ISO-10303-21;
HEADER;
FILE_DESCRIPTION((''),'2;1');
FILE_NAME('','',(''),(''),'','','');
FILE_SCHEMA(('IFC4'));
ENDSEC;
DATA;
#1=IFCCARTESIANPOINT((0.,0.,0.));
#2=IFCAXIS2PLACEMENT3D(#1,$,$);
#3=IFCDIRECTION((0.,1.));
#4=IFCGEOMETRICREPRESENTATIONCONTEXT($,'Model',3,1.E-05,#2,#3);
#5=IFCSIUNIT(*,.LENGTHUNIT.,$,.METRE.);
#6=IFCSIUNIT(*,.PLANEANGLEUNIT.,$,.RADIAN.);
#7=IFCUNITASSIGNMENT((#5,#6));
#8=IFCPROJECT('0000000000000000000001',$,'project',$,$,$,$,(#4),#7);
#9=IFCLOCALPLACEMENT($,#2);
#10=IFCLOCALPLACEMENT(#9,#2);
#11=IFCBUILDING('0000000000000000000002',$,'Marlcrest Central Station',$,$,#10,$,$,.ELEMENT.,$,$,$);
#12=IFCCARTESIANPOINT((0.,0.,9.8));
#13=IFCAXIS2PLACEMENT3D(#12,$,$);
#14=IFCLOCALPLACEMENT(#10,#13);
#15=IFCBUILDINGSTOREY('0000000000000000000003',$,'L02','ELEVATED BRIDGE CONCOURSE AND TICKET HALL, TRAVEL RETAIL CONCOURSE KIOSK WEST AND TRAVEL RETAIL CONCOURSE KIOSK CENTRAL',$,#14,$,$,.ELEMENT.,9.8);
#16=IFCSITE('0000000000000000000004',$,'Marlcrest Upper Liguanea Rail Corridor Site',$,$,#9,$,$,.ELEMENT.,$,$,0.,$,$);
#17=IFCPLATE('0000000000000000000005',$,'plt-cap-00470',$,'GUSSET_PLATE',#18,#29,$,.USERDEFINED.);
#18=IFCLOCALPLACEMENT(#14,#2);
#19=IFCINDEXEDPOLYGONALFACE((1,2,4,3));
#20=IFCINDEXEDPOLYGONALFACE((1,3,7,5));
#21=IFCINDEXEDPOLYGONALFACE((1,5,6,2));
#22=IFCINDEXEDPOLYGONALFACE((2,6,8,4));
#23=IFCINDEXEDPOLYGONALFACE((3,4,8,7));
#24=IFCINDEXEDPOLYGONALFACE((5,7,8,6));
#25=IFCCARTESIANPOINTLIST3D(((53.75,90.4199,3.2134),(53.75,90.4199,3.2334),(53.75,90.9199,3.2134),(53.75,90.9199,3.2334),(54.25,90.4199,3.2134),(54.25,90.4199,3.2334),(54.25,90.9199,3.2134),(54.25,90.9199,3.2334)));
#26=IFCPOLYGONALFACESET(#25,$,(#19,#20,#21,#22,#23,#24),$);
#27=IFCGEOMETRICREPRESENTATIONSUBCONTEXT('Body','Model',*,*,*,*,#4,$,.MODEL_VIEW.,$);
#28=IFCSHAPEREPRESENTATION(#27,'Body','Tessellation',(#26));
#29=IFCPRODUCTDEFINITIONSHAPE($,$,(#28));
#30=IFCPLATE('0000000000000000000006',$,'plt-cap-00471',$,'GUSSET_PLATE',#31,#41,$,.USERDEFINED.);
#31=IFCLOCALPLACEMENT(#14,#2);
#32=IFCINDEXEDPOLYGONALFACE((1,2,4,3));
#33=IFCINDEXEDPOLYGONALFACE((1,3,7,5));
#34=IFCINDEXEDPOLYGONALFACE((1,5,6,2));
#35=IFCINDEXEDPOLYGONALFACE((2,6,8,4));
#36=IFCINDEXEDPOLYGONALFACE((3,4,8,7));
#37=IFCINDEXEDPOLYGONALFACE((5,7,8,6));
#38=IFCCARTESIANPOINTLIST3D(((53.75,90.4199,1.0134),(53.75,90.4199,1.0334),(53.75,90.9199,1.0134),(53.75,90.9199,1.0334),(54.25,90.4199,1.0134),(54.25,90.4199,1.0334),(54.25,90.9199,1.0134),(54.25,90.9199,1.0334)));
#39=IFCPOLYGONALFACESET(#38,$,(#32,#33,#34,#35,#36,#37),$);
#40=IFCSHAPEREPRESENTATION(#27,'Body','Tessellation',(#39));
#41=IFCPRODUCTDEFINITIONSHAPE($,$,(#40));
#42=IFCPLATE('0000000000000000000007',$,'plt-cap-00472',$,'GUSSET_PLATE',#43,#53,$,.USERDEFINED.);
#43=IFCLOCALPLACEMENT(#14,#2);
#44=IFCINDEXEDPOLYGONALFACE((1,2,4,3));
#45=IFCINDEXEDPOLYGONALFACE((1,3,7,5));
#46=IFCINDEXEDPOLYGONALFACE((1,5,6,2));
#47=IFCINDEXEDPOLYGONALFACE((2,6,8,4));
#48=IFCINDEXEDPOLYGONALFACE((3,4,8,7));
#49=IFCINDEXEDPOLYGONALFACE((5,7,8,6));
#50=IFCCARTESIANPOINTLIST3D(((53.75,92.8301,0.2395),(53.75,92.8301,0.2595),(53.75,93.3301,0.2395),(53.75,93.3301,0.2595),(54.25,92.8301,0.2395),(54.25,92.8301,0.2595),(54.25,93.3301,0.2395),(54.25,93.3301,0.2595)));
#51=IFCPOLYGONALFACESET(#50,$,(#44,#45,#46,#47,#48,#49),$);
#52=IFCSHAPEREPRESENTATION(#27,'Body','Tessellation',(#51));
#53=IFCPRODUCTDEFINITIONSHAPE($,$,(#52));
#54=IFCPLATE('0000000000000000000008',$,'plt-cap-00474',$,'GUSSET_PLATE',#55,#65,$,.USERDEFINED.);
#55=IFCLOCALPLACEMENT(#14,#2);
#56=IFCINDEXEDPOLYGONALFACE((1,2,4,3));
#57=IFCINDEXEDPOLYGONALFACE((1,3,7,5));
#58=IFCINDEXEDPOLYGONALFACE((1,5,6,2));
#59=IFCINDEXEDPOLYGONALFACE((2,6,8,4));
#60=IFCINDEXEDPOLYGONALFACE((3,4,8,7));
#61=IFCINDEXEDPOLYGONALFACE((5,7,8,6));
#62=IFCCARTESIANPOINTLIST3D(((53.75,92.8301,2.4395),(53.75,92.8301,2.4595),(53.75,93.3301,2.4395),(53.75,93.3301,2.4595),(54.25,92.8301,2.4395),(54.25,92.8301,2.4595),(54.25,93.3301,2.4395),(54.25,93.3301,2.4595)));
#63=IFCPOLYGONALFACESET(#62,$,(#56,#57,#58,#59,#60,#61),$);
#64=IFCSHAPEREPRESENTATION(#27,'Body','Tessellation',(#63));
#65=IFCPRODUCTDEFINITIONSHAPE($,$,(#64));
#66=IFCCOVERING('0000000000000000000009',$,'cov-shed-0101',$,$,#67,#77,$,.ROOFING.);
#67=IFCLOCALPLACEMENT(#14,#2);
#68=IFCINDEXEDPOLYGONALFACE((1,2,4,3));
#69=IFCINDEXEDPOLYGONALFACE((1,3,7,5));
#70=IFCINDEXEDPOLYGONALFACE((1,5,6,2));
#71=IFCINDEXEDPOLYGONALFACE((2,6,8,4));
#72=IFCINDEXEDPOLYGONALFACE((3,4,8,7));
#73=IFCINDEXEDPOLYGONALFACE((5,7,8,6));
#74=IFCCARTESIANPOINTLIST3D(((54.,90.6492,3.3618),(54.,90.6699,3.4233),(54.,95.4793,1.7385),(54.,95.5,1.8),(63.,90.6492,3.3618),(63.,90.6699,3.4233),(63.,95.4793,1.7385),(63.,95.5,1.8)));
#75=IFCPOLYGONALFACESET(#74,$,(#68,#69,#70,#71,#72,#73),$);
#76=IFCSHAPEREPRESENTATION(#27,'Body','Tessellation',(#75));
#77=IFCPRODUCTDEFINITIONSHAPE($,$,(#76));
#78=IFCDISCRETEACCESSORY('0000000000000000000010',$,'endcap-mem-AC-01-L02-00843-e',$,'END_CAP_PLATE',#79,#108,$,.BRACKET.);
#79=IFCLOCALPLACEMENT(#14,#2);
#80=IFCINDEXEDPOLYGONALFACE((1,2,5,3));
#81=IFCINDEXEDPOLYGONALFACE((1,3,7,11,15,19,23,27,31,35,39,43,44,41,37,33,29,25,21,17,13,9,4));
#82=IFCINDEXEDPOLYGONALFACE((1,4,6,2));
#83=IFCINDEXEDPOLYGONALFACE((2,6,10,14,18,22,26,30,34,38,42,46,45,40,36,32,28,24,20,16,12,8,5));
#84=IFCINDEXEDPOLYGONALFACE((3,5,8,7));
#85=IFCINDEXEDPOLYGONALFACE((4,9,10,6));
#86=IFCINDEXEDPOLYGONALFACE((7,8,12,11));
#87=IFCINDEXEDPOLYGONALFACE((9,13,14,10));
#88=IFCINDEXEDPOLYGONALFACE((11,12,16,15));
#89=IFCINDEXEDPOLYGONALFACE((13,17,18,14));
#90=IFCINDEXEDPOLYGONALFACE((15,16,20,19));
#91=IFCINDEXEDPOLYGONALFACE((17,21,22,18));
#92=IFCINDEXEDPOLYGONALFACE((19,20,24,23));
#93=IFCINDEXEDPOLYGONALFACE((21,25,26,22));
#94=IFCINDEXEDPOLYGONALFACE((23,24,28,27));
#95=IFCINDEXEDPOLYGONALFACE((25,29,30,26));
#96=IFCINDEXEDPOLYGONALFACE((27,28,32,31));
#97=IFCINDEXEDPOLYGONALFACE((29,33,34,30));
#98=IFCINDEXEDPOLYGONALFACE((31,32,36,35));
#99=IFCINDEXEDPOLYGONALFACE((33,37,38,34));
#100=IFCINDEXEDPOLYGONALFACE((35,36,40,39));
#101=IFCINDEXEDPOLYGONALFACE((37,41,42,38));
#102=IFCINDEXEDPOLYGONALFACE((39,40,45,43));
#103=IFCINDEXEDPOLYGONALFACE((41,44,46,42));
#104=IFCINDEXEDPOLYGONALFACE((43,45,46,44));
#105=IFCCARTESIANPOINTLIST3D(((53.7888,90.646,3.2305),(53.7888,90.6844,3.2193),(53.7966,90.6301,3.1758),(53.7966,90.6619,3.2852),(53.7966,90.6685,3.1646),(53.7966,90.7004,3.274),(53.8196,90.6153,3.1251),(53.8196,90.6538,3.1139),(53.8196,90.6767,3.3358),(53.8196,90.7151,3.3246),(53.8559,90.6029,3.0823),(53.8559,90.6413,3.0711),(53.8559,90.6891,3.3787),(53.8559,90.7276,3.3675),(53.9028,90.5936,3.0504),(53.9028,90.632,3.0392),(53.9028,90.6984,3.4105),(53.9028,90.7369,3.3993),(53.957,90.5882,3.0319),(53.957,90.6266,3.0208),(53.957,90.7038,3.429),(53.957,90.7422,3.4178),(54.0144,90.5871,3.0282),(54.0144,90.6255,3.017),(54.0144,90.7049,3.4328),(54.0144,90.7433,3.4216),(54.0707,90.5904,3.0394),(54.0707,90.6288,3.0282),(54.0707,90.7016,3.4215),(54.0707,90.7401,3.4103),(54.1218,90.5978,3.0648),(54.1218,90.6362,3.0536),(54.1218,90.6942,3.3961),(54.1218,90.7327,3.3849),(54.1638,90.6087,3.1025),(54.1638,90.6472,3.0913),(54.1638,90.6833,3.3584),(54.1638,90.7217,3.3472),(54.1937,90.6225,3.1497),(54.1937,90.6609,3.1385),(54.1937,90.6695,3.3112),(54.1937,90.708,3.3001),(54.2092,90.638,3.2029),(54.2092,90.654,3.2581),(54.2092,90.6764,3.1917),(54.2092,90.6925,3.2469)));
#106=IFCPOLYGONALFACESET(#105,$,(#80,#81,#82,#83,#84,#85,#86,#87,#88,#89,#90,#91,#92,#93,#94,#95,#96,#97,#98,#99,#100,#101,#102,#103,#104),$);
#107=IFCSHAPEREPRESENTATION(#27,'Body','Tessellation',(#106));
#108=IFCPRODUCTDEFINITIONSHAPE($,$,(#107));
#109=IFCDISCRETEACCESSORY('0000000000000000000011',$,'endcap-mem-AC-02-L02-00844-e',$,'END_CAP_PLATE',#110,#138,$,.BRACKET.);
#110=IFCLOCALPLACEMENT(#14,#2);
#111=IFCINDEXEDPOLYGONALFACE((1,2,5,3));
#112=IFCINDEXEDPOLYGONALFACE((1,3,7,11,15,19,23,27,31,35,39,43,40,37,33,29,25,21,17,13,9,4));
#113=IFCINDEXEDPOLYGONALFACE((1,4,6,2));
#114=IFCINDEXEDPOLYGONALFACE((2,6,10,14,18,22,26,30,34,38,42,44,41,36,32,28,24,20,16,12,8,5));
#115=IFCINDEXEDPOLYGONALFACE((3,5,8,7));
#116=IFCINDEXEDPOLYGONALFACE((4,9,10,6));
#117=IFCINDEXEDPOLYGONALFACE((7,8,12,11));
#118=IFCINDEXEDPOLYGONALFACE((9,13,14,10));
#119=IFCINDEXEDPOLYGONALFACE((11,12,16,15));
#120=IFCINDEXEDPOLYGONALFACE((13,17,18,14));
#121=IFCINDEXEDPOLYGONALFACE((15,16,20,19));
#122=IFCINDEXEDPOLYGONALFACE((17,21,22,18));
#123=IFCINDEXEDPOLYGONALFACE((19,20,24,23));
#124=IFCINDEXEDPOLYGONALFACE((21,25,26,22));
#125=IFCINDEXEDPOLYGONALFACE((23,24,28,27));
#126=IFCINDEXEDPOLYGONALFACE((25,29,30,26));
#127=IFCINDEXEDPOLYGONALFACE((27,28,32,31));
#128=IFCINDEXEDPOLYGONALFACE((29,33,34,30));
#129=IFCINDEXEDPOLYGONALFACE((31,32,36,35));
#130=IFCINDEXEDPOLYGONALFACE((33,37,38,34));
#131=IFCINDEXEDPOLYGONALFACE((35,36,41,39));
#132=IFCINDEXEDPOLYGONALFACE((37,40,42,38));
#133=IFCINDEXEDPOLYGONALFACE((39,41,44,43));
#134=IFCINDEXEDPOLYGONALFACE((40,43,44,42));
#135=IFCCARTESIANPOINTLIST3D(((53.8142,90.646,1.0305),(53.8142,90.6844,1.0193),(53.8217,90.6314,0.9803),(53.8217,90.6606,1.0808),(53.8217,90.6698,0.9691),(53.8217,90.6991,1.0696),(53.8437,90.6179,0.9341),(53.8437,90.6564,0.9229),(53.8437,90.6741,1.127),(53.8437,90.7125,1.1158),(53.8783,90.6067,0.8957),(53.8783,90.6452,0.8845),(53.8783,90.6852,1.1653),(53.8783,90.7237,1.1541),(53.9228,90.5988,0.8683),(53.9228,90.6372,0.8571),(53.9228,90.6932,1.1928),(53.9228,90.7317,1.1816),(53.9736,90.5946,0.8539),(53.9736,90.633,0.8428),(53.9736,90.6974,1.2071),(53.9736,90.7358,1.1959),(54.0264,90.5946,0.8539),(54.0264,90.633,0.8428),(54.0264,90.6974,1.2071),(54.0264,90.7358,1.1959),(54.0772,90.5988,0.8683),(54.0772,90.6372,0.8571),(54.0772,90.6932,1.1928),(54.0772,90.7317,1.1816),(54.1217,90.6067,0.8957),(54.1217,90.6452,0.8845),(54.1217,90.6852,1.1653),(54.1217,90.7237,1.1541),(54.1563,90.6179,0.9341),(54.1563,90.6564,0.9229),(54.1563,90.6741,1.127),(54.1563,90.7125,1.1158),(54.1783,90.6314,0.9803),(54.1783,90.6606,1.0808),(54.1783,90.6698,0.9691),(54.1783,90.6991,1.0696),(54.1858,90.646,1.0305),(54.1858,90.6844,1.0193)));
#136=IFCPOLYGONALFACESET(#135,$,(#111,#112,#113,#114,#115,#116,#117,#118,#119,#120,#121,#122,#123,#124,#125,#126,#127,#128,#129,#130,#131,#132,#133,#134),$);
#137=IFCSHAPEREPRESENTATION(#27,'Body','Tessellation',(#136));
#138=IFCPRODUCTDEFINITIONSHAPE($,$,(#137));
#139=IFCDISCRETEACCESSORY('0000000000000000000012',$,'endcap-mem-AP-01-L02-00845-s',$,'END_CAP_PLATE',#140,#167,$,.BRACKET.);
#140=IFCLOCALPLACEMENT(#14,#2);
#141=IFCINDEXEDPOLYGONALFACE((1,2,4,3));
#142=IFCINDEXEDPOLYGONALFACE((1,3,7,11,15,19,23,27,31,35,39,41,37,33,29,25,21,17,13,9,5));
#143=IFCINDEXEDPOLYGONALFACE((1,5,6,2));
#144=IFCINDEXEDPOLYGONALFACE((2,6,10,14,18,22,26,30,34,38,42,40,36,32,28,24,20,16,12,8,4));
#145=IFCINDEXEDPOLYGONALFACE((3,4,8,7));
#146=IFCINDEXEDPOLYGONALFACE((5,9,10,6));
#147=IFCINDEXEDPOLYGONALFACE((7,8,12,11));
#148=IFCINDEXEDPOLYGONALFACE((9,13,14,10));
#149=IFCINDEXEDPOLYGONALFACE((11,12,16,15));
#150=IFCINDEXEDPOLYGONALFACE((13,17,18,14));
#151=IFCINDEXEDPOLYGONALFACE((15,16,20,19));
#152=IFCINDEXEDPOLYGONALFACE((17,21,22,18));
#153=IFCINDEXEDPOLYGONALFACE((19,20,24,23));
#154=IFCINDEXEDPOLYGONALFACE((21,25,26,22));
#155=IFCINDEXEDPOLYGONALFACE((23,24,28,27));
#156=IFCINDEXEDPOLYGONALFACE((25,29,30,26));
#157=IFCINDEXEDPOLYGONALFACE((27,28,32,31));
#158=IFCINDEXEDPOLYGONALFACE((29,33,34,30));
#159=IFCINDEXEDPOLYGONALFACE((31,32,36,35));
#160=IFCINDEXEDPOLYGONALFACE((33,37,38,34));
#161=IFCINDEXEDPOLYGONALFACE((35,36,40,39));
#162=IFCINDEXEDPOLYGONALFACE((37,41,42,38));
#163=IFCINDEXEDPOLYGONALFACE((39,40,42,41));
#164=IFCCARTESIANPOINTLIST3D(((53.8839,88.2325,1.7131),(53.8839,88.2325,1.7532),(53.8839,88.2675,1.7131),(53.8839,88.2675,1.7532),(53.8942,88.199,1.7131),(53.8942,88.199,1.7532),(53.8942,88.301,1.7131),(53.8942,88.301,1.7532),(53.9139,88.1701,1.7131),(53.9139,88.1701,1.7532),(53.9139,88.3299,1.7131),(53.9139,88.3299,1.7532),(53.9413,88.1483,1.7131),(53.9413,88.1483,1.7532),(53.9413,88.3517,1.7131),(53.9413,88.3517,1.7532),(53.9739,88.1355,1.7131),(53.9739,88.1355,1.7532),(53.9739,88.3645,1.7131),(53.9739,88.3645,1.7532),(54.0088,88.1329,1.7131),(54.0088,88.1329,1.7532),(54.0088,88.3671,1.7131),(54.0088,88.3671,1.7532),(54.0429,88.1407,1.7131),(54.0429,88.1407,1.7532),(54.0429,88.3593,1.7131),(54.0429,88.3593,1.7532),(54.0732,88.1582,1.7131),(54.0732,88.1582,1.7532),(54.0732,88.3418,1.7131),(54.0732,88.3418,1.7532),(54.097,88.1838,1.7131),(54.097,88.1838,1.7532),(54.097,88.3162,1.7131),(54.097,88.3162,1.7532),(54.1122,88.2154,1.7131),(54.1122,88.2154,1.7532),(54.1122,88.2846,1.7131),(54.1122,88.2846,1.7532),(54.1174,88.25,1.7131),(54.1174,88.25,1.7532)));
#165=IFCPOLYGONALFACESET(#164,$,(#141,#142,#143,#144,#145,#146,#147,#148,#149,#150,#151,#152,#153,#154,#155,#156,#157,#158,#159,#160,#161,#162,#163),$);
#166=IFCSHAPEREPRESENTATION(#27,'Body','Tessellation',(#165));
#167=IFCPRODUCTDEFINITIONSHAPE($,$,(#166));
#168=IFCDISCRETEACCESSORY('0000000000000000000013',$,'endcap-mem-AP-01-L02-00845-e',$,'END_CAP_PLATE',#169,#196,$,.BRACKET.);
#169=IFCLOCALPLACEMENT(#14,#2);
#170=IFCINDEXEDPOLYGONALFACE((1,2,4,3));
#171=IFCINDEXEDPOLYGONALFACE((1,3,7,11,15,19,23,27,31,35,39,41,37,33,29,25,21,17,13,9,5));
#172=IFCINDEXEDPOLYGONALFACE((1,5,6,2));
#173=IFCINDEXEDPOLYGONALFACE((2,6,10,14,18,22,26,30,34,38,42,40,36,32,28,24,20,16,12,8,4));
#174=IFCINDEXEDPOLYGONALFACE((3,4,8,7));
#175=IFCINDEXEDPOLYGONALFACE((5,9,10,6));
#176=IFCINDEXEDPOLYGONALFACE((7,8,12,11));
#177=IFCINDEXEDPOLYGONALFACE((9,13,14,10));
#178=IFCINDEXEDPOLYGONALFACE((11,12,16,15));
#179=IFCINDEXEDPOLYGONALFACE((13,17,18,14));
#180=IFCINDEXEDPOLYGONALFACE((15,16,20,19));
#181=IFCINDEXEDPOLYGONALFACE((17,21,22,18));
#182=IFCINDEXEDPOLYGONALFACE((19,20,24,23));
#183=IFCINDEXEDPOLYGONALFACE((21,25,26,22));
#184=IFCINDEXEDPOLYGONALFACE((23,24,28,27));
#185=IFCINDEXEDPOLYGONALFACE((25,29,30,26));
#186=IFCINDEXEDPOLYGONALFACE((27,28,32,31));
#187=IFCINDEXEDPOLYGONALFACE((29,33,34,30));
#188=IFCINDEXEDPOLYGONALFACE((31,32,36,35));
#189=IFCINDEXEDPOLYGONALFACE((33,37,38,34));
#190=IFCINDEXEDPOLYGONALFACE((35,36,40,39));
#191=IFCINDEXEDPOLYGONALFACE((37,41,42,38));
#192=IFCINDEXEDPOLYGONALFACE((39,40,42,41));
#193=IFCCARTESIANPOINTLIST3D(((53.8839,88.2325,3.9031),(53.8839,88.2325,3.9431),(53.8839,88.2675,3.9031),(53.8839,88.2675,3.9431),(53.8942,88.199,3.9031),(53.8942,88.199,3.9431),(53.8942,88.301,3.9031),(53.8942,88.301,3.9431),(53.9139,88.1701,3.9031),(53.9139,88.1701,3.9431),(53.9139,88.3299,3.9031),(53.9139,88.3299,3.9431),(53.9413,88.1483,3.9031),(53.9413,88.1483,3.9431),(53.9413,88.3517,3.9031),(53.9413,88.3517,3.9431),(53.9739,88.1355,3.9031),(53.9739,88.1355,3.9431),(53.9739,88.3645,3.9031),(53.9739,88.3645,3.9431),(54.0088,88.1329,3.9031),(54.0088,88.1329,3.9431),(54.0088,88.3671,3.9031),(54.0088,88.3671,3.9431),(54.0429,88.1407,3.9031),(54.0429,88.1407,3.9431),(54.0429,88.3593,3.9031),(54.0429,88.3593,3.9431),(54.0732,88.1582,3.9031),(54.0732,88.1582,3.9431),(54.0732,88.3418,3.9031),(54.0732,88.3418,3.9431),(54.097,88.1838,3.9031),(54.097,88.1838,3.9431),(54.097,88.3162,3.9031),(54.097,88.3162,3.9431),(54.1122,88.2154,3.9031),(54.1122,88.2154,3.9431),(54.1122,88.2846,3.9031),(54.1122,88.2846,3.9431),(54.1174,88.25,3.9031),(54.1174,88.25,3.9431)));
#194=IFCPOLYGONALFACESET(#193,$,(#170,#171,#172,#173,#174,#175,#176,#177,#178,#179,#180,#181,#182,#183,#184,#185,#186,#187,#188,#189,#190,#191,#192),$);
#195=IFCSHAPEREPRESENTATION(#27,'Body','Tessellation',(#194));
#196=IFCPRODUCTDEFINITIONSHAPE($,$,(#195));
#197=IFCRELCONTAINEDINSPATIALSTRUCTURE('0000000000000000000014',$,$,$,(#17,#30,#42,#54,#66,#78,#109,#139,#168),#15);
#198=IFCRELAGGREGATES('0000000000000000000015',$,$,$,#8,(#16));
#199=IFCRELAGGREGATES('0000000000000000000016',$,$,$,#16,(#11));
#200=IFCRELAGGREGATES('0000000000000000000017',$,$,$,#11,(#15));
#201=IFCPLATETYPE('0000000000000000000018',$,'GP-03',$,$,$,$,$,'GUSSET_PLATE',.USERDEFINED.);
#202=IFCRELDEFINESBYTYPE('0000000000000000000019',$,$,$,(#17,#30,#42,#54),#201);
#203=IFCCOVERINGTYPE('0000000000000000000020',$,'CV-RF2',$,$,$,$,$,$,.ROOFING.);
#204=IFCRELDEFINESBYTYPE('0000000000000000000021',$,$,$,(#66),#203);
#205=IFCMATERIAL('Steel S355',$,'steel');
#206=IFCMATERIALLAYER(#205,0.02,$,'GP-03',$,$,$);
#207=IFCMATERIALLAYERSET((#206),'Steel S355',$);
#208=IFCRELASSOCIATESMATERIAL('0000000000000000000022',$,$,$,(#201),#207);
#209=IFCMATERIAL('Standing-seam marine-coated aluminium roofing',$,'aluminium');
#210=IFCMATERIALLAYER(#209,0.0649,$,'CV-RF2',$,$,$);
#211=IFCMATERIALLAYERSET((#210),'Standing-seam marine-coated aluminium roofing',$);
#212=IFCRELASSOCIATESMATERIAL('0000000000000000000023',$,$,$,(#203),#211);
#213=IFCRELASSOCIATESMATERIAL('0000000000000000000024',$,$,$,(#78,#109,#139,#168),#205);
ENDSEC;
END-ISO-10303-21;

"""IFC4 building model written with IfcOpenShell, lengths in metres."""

from ifc_helpers import new_model, si_unit, direction, frame, origin, origin_2d, place, context, subcontext, project, spatial, polyline, rectangle, circle, outline, extrude, material, layer, layer_set, type_object, element, save


model = new_model("IFC4")

# Units and contexts
model_context = context("Model", 3, precision=1e-05, world=origin(), true_north=direction((0.0, 1.0)))
body_context = subcontext(model_context, "Body", "Model", "MODEL_VIEW")
ifc_project = project(units=[si_unit("LENGTHUNIT", "METRE"), si_unit("PLANEANGLEUNIT", "RADIAN")], contexts=[model_context])

# Site, building, storey
site_placement = place(None, origin())
site = spatial("IfcSite", under=ifc_project, at=site_placement, Name="Marlcrest Upper Liguanea Rail Corridor Site", CompositionType="ELEMENT", RefElevation=0.0)
building_placement = place(site_placement, origin())
building = spatial("IfcBuilding", under=site, at=building_placement, Name="Marlcrest Central Station", CompositionType="ELEMENT")
storey_placement = place(building_placement, frame((0.0, 0.0, 9.8)))
storey = spatial("IfcBuildingStorey", under=building, at=storey_placement, Name="L02", Description="ELEVATED BRIDGE CONCOURSE AND TICKET HALL, TRAVEL RETAIL CONCOURSE KIOSK WEST AND TRAVEL RETAIL CONCOURSE KIOSK CENTRAL", CompositionType="ELEMENT", Elevation=9.8)

# Shared definitions
ifc_material_1 = material(Name="Steel S355", Category="steel")

# Plates
ifc_layer_1 = layer(ifc_material_1, 0.02, Name="GP-03")
ifc_layer_set_1 = layer_set([ifc_layer_1], Name="Steel S355")
plate_type = type_object("IfcPlateType", Name="GP-03", ElementType="GUSSET_PLATE", PredefinedType="USERDEFINED", material=ifc_layer_set_1)
for number, where, z_axis, x_axis, name in (
    (1, (54.0, 90.6699, 3.2134), (0.0, 0.0, 1.0), (1.0, 0.0, 0.0), "plt-cap-00470"),
    (2, (54.0, 90.6699, 1.0134), (0.0, 0.0, 1.0), (1.0, 0.0, 0.0), "plt-cap-00471"),
    (3, (54.0, 93.0801, 0.2395), (0.0, 0.0, 1.0), (1.0, 0.0, 0.0), "plt-cap-00472"),
    (4, (54.0, 93.0801, 2.4395), (0.0, 0.0, 1.0), (1.0, 0.0, 0.0), "plt-cap-00474"),
):
    element("IfcPlate", number, at=place(storey_placement, frame(where, z_axis=z_axis, x_axis=x_axis)), inside=storey, type_object=plate_type, Name=name, ObjectType="GUSSET_PLATE", PredefinedType="USERDEFINED", context=body_context, shape_type="SweptSolid", body=[
        extrude(rectangle(XDim=0.5, YDim=0.5, at=origin_2d()), origin(), (0.0, 0.0, 1.0), 0.02),
    ])

# Covering
ifc_material_2 = material(Name="Standing-seam marine-coated aluminium roofing", Category="aluminium")
ifc_layer_2 = layer(ifc_material_2, 0.0649, Name="CV-RF2")
ifc_layer_set_2 = layer_set([ifc_layer_2], Name="Standing-seam marine-coated aluminium roofing")
covering_type = type_object("IfcCoveringType", Name="CV-RF2", PredefinedType="ROOFING", material=ifc_layer_set_2)
covering_placement = place(storey_placement, frame((54.0, 90.6699, 3.4233), z_axis=(0.0, 0.31857, 0.947899), x_axis=(1.0, 0.0, 0.0)))
element("IfcCovering", 5, at=covering_placement, inside=storey, type_object=covering_type, Name="cov-shed-0101", PredefinedType="ROOFING", context=body_context, shape_type="SweptSolid", body=[
    extrude(outline(polyline([(0.0, 0.0), (9.0, 0.0), (9.0, 5.0956), (0.0, 5.0956), (0.0, 0.0)])), origin(), (0.0, 0.0, -1.0), 0.0649),
])

# Discrete accessories
discrete_accessory_1_placement = place(storey_placement, frame((54.0, 90.646, 3.2305), z_axis=(0.0, 0.96013, -0.279554), x_axis=(-1.0, 0.0, 0.0)))
element("IfcDiscreteAccessory", 6, at=discrete_accessory_1_placement, inside=storey, material=ifc_material_1, Name="endcap-mem-AC-01-L02-00843-e", ObjectType="END_CAP_PLATE", PredefinedType="BRACKET", context=body_context, shape_type="SweptSolid", body=[
    extrude(circle(Radius=0.2112, at=origin_2d()), origin(), (0.0, 0.0, 1.0), 0.04),
])
discrete_accessory_2_placement = place(storey_placement, frame((54.0, 90.646, 1.0305), z_axis=(0.0, 0.96013, -0.279554), x_axis=(-1.0, 0.0, 0.0)))
element("IfcDiscreteAccessory", 7, at=discrete_accessory_2_placement, inside=storey, material=ifc_material_1, Name="endcap-mem-AC-02-L02-00844-e", ObjectType="END_CAP_PLATE", PredefinedType="BRACKET", context=body_context, shape_type="SweptSolid", body=[
    extrude(circle(Radius=0.1858, at=origin_2d()), origin(), (0.0, 0.0, 1.0), 0.04),
])
for number, where, z_axis, x_axis, name in (
    (8, (54.0, 88.25, 1.7131), (0.0, 0.0, 1.0), (1.0, 0.0, 0.0), "endcap-mem-AP-01-L02-00845-s"),
    (9, (54.0, 88.25, 3.9031), (0.0, 0.0, 1.0), (1.0, 0.0, 0.0), "endcap-mem-AP-01-L02-00845-e"),
):
    element("IfcDiscreteAccessory", number, at=place(storey_placement, frame(where, z_axis=z_axis, x_axis=x_axis)), inside=storey, material=ifc_material_1, Name=name, ObjectType="END_CAP_PLATE", PredefinedType="BRACKET", context=body_context, shape_type="SweptSolid", body=[
        extrude(circle(Radius=0.1174, at=origin_2d()), origin(), (0.0, 0.0, 1.0), 0.04),
    ])

save(model, "model.ifc")
